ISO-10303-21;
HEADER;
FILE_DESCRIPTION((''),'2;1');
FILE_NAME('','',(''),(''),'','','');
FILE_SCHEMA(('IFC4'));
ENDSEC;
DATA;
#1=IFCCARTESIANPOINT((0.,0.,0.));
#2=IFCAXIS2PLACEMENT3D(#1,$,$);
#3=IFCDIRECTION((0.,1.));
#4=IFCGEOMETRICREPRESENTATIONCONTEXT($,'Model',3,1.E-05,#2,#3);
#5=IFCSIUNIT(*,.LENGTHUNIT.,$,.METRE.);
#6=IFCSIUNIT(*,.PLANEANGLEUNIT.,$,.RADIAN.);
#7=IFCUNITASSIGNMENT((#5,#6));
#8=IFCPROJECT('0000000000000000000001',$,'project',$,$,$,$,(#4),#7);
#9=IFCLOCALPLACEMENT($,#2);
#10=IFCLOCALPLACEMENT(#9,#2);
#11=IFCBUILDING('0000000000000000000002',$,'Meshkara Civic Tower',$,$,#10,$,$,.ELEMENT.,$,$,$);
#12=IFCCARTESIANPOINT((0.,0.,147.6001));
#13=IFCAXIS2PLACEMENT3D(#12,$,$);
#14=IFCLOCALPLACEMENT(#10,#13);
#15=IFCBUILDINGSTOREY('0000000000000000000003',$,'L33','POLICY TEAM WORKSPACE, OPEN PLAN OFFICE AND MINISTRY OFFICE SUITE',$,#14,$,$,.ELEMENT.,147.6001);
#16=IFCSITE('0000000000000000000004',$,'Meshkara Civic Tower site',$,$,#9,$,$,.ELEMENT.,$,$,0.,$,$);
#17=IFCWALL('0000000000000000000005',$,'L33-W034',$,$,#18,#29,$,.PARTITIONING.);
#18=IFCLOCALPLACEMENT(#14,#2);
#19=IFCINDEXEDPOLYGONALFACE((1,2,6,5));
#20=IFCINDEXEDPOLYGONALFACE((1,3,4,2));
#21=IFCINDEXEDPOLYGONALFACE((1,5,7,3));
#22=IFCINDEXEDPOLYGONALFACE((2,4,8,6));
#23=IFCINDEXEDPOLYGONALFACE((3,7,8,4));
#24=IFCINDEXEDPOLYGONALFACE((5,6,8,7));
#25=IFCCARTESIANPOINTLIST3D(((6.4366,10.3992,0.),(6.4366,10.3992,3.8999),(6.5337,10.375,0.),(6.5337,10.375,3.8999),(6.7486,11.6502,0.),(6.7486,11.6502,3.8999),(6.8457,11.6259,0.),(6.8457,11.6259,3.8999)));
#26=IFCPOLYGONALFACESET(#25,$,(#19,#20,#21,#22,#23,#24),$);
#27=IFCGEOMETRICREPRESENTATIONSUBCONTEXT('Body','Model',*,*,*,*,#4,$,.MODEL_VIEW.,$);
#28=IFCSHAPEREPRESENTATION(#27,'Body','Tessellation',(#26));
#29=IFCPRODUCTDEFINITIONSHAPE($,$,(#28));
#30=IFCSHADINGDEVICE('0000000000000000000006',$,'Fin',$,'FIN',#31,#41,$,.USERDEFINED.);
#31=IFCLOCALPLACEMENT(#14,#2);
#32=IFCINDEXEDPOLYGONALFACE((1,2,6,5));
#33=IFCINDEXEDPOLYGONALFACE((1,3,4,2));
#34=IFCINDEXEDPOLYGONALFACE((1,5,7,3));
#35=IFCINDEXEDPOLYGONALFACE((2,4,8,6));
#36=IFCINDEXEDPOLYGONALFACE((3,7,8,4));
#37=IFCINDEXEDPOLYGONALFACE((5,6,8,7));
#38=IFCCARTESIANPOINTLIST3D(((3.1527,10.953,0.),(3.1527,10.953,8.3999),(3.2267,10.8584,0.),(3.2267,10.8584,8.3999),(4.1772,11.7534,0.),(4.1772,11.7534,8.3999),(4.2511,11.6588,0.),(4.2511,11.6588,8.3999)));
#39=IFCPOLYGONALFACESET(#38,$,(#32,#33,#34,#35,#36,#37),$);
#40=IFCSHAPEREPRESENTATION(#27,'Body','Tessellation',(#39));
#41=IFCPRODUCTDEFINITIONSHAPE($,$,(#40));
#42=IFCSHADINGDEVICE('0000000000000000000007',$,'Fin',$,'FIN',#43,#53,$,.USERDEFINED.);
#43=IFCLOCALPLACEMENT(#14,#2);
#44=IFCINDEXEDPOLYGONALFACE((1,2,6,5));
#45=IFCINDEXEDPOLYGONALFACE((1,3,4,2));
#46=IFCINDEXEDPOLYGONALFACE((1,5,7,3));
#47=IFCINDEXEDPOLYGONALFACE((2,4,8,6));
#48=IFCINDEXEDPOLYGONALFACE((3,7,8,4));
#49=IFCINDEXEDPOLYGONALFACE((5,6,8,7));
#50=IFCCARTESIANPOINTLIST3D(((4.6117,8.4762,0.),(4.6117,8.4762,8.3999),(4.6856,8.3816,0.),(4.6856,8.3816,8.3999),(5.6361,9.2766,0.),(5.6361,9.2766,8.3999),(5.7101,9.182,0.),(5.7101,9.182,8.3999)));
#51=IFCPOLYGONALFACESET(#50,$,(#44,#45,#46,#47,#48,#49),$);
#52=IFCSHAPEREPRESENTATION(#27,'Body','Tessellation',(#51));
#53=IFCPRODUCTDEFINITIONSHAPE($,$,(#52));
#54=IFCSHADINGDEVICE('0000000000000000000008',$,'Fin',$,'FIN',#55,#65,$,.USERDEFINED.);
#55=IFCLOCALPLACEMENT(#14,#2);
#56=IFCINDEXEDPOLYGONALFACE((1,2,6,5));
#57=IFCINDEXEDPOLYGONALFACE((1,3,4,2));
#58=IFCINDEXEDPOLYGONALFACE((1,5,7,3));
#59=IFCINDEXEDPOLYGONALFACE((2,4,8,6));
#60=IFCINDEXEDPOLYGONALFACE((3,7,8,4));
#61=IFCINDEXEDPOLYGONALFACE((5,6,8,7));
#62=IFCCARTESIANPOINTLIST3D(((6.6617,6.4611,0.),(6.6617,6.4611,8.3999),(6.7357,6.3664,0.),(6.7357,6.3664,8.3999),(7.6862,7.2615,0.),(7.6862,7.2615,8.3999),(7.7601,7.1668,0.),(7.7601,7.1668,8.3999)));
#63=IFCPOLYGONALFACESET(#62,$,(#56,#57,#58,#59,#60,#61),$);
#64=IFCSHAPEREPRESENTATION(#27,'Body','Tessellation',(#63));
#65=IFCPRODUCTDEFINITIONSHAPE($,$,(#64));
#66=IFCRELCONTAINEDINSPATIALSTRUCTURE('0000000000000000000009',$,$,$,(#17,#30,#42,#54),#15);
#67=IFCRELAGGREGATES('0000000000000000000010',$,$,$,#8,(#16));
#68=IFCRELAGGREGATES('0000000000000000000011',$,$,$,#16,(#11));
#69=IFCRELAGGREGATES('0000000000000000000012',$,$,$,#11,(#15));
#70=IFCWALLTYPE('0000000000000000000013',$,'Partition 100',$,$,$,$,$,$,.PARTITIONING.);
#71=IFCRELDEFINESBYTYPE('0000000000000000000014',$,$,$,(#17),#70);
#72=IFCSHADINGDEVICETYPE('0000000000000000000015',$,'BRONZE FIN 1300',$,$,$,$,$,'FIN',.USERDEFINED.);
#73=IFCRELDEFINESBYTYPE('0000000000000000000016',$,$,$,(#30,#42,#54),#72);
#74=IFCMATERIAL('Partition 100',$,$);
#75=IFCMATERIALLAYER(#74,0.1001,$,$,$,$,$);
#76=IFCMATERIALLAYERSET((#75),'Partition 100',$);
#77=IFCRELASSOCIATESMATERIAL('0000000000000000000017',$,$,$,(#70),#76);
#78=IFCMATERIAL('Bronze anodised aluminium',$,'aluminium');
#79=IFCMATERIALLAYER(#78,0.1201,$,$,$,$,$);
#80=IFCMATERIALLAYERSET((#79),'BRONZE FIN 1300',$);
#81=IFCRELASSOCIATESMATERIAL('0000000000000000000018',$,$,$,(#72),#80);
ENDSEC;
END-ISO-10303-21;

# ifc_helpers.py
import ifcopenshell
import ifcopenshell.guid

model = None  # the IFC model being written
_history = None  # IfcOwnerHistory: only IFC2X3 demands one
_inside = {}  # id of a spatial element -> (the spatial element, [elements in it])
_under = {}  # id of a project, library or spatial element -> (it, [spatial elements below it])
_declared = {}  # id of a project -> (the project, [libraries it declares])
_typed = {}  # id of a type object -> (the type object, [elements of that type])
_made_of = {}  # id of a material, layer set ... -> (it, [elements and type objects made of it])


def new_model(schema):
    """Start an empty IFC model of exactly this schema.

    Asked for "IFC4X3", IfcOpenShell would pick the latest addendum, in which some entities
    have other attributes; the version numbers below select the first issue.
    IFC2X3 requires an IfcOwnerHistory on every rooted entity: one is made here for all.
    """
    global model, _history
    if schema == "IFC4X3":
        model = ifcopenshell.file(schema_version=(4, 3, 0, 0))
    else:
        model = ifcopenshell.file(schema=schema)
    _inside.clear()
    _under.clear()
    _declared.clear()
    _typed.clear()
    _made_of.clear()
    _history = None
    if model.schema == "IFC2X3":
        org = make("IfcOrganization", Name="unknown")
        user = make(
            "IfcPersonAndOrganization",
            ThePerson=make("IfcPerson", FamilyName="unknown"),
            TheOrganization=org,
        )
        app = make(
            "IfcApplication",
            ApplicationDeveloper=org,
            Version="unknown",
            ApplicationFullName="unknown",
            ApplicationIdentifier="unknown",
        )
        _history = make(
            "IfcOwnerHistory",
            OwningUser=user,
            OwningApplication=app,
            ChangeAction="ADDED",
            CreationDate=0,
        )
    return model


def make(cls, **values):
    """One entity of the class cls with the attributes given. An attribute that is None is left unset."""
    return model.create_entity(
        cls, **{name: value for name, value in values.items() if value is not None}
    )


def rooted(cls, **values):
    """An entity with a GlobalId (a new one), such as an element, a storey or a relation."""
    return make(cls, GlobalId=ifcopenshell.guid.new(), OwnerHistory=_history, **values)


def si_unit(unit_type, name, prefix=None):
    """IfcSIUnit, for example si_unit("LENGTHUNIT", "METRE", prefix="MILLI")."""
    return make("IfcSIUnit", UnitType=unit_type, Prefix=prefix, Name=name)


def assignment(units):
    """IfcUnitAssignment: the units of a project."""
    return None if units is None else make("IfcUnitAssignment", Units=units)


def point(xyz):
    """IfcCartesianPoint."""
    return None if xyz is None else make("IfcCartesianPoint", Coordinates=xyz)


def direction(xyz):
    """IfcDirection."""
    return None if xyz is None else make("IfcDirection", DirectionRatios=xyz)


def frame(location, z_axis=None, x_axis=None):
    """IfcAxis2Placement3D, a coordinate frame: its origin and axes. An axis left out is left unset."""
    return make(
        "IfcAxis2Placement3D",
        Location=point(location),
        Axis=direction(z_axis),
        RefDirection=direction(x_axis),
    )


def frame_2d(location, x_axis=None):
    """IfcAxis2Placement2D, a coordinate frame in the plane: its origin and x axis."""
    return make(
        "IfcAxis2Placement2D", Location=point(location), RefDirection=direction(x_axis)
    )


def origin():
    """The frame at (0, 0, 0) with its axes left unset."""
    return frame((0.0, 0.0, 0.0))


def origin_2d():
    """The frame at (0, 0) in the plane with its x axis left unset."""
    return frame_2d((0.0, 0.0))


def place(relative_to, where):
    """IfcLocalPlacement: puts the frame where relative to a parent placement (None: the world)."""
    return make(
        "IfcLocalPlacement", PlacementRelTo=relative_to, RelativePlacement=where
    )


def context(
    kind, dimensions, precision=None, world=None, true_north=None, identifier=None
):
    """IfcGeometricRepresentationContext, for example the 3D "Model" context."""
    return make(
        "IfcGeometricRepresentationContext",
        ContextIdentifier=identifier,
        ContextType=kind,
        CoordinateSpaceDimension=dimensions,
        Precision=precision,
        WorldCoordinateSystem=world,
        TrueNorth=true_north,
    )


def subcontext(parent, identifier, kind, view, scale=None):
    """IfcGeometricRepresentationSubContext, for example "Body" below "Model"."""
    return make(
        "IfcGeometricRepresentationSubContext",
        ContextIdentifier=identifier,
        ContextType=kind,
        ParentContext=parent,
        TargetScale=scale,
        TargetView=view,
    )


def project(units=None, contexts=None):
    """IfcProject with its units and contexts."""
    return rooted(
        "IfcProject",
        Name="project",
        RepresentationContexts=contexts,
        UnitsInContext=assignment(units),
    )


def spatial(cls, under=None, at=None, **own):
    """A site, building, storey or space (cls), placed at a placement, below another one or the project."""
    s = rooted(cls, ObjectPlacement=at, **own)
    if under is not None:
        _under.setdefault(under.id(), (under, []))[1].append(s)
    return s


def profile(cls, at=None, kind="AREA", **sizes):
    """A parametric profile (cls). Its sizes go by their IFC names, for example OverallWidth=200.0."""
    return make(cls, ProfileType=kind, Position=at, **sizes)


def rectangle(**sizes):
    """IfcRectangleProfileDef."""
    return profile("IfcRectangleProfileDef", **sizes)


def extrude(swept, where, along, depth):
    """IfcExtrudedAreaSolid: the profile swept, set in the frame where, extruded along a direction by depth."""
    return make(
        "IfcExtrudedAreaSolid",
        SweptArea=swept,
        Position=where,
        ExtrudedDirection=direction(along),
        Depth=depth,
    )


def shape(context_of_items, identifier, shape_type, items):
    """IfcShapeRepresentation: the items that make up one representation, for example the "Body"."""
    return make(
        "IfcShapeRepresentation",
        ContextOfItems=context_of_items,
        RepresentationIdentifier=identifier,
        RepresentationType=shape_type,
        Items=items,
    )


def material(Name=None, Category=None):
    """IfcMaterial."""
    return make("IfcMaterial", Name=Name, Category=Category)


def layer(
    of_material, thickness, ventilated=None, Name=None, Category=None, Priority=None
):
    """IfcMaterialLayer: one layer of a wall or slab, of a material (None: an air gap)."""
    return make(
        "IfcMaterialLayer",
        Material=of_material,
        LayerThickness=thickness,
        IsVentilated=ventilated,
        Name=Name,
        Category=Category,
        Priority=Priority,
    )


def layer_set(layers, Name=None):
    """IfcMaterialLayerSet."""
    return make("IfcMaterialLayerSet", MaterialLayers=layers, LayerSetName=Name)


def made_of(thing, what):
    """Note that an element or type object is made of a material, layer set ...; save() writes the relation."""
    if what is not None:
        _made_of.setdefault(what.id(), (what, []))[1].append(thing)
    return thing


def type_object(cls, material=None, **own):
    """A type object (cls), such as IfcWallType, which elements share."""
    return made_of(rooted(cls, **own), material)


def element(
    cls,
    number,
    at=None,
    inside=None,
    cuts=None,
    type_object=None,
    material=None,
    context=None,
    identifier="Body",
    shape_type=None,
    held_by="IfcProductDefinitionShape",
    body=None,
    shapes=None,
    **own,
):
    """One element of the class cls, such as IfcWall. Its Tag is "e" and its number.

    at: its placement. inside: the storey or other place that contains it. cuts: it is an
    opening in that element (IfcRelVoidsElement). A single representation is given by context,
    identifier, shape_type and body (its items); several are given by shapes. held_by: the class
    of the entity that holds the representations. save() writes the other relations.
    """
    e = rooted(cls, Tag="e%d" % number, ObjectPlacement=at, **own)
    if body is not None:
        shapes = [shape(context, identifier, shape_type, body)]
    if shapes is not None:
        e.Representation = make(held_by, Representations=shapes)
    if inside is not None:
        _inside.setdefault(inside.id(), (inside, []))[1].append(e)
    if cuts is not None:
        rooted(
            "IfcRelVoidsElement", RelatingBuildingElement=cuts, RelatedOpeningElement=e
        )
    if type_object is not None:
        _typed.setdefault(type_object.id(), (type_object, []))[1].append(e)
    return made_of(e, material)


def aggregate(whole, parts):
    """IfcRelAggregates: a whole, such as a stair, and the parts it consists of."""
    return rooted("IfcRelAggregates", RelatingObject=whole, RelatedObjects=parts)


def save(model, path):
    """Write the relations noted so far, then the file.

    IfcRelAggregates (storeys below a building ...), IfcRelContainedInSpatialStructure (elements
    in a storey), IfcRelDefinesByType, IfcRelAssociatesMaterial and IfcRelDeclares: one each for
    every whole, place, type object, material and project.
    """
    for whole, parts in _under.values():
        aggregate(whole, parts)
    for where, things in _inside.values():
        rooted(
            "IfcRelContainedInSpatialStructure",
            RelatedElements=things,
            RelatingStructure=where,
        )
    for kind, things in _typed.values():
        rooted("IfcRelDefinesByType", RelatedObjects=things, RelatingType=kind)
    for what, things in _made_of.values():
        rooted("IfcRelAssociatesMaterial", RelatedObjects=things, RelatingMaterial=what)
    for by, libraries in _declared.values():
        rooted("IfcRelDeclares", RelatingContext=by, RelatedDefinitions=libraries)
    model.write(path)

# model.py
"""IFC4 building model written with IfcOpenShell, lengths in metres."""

from ifc_helpers import new_model, si_unit, direction, frame, frame_2d, origin, origin_2d, place, context, subcontext, project, spatial, rectangle, extrude, material, layer, layer_set, type_object, element, save


model = new_model("IFC4")

# Units and contexts
model_context = context("Model", 3, precision=1e-05, world=origin(), true_north=direction((0.0, 1.0)))
body_context = subcontext(model_context, "Body", "Model", "MODEL_VIEW")
ifc_project = project(units=[si_unit("LENGTHUNIT", "METRE"), si_unit("PLANEANGLEUNIT", "RADIAN")], contexts=[model_context])

# Site, building, storey
site_placement = place(None, origin())
site = spatial("IfcSite", under=ifc_project, at=site_placement, Name="Meshkara Civic Tower site", CompositionType="ELEMENT", RefElevation=0.0)
building_placement = place(site_placement, origin())
building = spatial("IfcBuilding", under=site, at=building_placement, Name="Meshkara Civic Tower", CompositionType="ELEMENT")
storey_placement = place(building_placement, frame((0.0, 0.0, 147.6001)))
storey = spatial("IfcBuildingStorey", under=building, at=storey_placement, Name="L33", Description="POLICY TEAM WORKSPACE, OPEN PLAN OFFICE AND MINISTRY OFFICE SUITE", CompositionType="ELEMENT", Elevation=147.6001)

# Wall
ifc_material_1 = material(Name="Partition 100")
ifc_layer_1 = layer(ifc_material_1, 0.1001)
ifc_layer_set_1 = layer_set([ifc_layer_1], Name="Partition 100")
wall_type_1 = type_object("IfcWallType", Name="Partition 100", PredefinedType="PARTITIONING", material=ifc_layer_set_1)
wall_1_placement = place(storey_placement, frame((6.7971, 11.6379, 0.0), z_axis=(0.0, 0.0, 1.0), x_axis=(-0.242001, -0.970276, 0.0)))
element("IfcWall", 1, at=wall_1_placement, inside=storey, type_object=wall_type_1, Name="L33-W034", PredefinedType="PARTITIONING", context=body_context, shape_type="SweptSolid", body=[
    extrude(rectangle(XDim=1.2893, YDim=0.1001, at=frame_2d((0.6445, 0.0))), origin(), (0.0, 0.0, 1.0), 3.8999),
])

# Shading devices
ifc_material_2 = material(Name="Bronze anodised aluminium", Category="aluminium")
ifc_layer_2 = layer(ifc_material_2, 0.1201)
ifc_layer_set_2 = layer_set([ifc_layer_2], Name="BRONZE FIN 1300")
shading_device_type = type_object("IfcShadingDeviceType", Name="BRONZE FIN 1300", ElementType="FIN", PredefinedType="USERDEFINED", material=ifc_layer_set_2)
for number, where, z_axis, x_axis, name in (
    (2, (3.7019, 11.3059, 0.0), (0.0, 0.0, 1.0), (0.615661, -0.788011, 0.0), "Fin"),
    (3, (5.1609, 8.8291, 0.0), (0.0, 0.0, 1.0), (0.615661, -0.788011, 0.0), "Fin"),
    (4, (7.2109, 6.814, 0.0), (0.0, 0.0, 1.0), (0.615661, -0.788011, 0.0), "Fin"),
):
    element("IfcShadingDevice", number, at=place(storey_placement, frame(where, z_axis=z_axis, x_axis=x_axis)), inside=storey, type_object=shading_device_type, Name=name, ObjectType="FIN", PredefinedType="USERDEFINED", context=body_context, shape_type="SweptSolid", body=[
        extrude(rectangle(XDim=0.1201, YDim=1.3, at=origin_2d()), origin(), (0.0, 0.0, 1.0), 8.3999),
    ])

save(model, "model.ifc")
